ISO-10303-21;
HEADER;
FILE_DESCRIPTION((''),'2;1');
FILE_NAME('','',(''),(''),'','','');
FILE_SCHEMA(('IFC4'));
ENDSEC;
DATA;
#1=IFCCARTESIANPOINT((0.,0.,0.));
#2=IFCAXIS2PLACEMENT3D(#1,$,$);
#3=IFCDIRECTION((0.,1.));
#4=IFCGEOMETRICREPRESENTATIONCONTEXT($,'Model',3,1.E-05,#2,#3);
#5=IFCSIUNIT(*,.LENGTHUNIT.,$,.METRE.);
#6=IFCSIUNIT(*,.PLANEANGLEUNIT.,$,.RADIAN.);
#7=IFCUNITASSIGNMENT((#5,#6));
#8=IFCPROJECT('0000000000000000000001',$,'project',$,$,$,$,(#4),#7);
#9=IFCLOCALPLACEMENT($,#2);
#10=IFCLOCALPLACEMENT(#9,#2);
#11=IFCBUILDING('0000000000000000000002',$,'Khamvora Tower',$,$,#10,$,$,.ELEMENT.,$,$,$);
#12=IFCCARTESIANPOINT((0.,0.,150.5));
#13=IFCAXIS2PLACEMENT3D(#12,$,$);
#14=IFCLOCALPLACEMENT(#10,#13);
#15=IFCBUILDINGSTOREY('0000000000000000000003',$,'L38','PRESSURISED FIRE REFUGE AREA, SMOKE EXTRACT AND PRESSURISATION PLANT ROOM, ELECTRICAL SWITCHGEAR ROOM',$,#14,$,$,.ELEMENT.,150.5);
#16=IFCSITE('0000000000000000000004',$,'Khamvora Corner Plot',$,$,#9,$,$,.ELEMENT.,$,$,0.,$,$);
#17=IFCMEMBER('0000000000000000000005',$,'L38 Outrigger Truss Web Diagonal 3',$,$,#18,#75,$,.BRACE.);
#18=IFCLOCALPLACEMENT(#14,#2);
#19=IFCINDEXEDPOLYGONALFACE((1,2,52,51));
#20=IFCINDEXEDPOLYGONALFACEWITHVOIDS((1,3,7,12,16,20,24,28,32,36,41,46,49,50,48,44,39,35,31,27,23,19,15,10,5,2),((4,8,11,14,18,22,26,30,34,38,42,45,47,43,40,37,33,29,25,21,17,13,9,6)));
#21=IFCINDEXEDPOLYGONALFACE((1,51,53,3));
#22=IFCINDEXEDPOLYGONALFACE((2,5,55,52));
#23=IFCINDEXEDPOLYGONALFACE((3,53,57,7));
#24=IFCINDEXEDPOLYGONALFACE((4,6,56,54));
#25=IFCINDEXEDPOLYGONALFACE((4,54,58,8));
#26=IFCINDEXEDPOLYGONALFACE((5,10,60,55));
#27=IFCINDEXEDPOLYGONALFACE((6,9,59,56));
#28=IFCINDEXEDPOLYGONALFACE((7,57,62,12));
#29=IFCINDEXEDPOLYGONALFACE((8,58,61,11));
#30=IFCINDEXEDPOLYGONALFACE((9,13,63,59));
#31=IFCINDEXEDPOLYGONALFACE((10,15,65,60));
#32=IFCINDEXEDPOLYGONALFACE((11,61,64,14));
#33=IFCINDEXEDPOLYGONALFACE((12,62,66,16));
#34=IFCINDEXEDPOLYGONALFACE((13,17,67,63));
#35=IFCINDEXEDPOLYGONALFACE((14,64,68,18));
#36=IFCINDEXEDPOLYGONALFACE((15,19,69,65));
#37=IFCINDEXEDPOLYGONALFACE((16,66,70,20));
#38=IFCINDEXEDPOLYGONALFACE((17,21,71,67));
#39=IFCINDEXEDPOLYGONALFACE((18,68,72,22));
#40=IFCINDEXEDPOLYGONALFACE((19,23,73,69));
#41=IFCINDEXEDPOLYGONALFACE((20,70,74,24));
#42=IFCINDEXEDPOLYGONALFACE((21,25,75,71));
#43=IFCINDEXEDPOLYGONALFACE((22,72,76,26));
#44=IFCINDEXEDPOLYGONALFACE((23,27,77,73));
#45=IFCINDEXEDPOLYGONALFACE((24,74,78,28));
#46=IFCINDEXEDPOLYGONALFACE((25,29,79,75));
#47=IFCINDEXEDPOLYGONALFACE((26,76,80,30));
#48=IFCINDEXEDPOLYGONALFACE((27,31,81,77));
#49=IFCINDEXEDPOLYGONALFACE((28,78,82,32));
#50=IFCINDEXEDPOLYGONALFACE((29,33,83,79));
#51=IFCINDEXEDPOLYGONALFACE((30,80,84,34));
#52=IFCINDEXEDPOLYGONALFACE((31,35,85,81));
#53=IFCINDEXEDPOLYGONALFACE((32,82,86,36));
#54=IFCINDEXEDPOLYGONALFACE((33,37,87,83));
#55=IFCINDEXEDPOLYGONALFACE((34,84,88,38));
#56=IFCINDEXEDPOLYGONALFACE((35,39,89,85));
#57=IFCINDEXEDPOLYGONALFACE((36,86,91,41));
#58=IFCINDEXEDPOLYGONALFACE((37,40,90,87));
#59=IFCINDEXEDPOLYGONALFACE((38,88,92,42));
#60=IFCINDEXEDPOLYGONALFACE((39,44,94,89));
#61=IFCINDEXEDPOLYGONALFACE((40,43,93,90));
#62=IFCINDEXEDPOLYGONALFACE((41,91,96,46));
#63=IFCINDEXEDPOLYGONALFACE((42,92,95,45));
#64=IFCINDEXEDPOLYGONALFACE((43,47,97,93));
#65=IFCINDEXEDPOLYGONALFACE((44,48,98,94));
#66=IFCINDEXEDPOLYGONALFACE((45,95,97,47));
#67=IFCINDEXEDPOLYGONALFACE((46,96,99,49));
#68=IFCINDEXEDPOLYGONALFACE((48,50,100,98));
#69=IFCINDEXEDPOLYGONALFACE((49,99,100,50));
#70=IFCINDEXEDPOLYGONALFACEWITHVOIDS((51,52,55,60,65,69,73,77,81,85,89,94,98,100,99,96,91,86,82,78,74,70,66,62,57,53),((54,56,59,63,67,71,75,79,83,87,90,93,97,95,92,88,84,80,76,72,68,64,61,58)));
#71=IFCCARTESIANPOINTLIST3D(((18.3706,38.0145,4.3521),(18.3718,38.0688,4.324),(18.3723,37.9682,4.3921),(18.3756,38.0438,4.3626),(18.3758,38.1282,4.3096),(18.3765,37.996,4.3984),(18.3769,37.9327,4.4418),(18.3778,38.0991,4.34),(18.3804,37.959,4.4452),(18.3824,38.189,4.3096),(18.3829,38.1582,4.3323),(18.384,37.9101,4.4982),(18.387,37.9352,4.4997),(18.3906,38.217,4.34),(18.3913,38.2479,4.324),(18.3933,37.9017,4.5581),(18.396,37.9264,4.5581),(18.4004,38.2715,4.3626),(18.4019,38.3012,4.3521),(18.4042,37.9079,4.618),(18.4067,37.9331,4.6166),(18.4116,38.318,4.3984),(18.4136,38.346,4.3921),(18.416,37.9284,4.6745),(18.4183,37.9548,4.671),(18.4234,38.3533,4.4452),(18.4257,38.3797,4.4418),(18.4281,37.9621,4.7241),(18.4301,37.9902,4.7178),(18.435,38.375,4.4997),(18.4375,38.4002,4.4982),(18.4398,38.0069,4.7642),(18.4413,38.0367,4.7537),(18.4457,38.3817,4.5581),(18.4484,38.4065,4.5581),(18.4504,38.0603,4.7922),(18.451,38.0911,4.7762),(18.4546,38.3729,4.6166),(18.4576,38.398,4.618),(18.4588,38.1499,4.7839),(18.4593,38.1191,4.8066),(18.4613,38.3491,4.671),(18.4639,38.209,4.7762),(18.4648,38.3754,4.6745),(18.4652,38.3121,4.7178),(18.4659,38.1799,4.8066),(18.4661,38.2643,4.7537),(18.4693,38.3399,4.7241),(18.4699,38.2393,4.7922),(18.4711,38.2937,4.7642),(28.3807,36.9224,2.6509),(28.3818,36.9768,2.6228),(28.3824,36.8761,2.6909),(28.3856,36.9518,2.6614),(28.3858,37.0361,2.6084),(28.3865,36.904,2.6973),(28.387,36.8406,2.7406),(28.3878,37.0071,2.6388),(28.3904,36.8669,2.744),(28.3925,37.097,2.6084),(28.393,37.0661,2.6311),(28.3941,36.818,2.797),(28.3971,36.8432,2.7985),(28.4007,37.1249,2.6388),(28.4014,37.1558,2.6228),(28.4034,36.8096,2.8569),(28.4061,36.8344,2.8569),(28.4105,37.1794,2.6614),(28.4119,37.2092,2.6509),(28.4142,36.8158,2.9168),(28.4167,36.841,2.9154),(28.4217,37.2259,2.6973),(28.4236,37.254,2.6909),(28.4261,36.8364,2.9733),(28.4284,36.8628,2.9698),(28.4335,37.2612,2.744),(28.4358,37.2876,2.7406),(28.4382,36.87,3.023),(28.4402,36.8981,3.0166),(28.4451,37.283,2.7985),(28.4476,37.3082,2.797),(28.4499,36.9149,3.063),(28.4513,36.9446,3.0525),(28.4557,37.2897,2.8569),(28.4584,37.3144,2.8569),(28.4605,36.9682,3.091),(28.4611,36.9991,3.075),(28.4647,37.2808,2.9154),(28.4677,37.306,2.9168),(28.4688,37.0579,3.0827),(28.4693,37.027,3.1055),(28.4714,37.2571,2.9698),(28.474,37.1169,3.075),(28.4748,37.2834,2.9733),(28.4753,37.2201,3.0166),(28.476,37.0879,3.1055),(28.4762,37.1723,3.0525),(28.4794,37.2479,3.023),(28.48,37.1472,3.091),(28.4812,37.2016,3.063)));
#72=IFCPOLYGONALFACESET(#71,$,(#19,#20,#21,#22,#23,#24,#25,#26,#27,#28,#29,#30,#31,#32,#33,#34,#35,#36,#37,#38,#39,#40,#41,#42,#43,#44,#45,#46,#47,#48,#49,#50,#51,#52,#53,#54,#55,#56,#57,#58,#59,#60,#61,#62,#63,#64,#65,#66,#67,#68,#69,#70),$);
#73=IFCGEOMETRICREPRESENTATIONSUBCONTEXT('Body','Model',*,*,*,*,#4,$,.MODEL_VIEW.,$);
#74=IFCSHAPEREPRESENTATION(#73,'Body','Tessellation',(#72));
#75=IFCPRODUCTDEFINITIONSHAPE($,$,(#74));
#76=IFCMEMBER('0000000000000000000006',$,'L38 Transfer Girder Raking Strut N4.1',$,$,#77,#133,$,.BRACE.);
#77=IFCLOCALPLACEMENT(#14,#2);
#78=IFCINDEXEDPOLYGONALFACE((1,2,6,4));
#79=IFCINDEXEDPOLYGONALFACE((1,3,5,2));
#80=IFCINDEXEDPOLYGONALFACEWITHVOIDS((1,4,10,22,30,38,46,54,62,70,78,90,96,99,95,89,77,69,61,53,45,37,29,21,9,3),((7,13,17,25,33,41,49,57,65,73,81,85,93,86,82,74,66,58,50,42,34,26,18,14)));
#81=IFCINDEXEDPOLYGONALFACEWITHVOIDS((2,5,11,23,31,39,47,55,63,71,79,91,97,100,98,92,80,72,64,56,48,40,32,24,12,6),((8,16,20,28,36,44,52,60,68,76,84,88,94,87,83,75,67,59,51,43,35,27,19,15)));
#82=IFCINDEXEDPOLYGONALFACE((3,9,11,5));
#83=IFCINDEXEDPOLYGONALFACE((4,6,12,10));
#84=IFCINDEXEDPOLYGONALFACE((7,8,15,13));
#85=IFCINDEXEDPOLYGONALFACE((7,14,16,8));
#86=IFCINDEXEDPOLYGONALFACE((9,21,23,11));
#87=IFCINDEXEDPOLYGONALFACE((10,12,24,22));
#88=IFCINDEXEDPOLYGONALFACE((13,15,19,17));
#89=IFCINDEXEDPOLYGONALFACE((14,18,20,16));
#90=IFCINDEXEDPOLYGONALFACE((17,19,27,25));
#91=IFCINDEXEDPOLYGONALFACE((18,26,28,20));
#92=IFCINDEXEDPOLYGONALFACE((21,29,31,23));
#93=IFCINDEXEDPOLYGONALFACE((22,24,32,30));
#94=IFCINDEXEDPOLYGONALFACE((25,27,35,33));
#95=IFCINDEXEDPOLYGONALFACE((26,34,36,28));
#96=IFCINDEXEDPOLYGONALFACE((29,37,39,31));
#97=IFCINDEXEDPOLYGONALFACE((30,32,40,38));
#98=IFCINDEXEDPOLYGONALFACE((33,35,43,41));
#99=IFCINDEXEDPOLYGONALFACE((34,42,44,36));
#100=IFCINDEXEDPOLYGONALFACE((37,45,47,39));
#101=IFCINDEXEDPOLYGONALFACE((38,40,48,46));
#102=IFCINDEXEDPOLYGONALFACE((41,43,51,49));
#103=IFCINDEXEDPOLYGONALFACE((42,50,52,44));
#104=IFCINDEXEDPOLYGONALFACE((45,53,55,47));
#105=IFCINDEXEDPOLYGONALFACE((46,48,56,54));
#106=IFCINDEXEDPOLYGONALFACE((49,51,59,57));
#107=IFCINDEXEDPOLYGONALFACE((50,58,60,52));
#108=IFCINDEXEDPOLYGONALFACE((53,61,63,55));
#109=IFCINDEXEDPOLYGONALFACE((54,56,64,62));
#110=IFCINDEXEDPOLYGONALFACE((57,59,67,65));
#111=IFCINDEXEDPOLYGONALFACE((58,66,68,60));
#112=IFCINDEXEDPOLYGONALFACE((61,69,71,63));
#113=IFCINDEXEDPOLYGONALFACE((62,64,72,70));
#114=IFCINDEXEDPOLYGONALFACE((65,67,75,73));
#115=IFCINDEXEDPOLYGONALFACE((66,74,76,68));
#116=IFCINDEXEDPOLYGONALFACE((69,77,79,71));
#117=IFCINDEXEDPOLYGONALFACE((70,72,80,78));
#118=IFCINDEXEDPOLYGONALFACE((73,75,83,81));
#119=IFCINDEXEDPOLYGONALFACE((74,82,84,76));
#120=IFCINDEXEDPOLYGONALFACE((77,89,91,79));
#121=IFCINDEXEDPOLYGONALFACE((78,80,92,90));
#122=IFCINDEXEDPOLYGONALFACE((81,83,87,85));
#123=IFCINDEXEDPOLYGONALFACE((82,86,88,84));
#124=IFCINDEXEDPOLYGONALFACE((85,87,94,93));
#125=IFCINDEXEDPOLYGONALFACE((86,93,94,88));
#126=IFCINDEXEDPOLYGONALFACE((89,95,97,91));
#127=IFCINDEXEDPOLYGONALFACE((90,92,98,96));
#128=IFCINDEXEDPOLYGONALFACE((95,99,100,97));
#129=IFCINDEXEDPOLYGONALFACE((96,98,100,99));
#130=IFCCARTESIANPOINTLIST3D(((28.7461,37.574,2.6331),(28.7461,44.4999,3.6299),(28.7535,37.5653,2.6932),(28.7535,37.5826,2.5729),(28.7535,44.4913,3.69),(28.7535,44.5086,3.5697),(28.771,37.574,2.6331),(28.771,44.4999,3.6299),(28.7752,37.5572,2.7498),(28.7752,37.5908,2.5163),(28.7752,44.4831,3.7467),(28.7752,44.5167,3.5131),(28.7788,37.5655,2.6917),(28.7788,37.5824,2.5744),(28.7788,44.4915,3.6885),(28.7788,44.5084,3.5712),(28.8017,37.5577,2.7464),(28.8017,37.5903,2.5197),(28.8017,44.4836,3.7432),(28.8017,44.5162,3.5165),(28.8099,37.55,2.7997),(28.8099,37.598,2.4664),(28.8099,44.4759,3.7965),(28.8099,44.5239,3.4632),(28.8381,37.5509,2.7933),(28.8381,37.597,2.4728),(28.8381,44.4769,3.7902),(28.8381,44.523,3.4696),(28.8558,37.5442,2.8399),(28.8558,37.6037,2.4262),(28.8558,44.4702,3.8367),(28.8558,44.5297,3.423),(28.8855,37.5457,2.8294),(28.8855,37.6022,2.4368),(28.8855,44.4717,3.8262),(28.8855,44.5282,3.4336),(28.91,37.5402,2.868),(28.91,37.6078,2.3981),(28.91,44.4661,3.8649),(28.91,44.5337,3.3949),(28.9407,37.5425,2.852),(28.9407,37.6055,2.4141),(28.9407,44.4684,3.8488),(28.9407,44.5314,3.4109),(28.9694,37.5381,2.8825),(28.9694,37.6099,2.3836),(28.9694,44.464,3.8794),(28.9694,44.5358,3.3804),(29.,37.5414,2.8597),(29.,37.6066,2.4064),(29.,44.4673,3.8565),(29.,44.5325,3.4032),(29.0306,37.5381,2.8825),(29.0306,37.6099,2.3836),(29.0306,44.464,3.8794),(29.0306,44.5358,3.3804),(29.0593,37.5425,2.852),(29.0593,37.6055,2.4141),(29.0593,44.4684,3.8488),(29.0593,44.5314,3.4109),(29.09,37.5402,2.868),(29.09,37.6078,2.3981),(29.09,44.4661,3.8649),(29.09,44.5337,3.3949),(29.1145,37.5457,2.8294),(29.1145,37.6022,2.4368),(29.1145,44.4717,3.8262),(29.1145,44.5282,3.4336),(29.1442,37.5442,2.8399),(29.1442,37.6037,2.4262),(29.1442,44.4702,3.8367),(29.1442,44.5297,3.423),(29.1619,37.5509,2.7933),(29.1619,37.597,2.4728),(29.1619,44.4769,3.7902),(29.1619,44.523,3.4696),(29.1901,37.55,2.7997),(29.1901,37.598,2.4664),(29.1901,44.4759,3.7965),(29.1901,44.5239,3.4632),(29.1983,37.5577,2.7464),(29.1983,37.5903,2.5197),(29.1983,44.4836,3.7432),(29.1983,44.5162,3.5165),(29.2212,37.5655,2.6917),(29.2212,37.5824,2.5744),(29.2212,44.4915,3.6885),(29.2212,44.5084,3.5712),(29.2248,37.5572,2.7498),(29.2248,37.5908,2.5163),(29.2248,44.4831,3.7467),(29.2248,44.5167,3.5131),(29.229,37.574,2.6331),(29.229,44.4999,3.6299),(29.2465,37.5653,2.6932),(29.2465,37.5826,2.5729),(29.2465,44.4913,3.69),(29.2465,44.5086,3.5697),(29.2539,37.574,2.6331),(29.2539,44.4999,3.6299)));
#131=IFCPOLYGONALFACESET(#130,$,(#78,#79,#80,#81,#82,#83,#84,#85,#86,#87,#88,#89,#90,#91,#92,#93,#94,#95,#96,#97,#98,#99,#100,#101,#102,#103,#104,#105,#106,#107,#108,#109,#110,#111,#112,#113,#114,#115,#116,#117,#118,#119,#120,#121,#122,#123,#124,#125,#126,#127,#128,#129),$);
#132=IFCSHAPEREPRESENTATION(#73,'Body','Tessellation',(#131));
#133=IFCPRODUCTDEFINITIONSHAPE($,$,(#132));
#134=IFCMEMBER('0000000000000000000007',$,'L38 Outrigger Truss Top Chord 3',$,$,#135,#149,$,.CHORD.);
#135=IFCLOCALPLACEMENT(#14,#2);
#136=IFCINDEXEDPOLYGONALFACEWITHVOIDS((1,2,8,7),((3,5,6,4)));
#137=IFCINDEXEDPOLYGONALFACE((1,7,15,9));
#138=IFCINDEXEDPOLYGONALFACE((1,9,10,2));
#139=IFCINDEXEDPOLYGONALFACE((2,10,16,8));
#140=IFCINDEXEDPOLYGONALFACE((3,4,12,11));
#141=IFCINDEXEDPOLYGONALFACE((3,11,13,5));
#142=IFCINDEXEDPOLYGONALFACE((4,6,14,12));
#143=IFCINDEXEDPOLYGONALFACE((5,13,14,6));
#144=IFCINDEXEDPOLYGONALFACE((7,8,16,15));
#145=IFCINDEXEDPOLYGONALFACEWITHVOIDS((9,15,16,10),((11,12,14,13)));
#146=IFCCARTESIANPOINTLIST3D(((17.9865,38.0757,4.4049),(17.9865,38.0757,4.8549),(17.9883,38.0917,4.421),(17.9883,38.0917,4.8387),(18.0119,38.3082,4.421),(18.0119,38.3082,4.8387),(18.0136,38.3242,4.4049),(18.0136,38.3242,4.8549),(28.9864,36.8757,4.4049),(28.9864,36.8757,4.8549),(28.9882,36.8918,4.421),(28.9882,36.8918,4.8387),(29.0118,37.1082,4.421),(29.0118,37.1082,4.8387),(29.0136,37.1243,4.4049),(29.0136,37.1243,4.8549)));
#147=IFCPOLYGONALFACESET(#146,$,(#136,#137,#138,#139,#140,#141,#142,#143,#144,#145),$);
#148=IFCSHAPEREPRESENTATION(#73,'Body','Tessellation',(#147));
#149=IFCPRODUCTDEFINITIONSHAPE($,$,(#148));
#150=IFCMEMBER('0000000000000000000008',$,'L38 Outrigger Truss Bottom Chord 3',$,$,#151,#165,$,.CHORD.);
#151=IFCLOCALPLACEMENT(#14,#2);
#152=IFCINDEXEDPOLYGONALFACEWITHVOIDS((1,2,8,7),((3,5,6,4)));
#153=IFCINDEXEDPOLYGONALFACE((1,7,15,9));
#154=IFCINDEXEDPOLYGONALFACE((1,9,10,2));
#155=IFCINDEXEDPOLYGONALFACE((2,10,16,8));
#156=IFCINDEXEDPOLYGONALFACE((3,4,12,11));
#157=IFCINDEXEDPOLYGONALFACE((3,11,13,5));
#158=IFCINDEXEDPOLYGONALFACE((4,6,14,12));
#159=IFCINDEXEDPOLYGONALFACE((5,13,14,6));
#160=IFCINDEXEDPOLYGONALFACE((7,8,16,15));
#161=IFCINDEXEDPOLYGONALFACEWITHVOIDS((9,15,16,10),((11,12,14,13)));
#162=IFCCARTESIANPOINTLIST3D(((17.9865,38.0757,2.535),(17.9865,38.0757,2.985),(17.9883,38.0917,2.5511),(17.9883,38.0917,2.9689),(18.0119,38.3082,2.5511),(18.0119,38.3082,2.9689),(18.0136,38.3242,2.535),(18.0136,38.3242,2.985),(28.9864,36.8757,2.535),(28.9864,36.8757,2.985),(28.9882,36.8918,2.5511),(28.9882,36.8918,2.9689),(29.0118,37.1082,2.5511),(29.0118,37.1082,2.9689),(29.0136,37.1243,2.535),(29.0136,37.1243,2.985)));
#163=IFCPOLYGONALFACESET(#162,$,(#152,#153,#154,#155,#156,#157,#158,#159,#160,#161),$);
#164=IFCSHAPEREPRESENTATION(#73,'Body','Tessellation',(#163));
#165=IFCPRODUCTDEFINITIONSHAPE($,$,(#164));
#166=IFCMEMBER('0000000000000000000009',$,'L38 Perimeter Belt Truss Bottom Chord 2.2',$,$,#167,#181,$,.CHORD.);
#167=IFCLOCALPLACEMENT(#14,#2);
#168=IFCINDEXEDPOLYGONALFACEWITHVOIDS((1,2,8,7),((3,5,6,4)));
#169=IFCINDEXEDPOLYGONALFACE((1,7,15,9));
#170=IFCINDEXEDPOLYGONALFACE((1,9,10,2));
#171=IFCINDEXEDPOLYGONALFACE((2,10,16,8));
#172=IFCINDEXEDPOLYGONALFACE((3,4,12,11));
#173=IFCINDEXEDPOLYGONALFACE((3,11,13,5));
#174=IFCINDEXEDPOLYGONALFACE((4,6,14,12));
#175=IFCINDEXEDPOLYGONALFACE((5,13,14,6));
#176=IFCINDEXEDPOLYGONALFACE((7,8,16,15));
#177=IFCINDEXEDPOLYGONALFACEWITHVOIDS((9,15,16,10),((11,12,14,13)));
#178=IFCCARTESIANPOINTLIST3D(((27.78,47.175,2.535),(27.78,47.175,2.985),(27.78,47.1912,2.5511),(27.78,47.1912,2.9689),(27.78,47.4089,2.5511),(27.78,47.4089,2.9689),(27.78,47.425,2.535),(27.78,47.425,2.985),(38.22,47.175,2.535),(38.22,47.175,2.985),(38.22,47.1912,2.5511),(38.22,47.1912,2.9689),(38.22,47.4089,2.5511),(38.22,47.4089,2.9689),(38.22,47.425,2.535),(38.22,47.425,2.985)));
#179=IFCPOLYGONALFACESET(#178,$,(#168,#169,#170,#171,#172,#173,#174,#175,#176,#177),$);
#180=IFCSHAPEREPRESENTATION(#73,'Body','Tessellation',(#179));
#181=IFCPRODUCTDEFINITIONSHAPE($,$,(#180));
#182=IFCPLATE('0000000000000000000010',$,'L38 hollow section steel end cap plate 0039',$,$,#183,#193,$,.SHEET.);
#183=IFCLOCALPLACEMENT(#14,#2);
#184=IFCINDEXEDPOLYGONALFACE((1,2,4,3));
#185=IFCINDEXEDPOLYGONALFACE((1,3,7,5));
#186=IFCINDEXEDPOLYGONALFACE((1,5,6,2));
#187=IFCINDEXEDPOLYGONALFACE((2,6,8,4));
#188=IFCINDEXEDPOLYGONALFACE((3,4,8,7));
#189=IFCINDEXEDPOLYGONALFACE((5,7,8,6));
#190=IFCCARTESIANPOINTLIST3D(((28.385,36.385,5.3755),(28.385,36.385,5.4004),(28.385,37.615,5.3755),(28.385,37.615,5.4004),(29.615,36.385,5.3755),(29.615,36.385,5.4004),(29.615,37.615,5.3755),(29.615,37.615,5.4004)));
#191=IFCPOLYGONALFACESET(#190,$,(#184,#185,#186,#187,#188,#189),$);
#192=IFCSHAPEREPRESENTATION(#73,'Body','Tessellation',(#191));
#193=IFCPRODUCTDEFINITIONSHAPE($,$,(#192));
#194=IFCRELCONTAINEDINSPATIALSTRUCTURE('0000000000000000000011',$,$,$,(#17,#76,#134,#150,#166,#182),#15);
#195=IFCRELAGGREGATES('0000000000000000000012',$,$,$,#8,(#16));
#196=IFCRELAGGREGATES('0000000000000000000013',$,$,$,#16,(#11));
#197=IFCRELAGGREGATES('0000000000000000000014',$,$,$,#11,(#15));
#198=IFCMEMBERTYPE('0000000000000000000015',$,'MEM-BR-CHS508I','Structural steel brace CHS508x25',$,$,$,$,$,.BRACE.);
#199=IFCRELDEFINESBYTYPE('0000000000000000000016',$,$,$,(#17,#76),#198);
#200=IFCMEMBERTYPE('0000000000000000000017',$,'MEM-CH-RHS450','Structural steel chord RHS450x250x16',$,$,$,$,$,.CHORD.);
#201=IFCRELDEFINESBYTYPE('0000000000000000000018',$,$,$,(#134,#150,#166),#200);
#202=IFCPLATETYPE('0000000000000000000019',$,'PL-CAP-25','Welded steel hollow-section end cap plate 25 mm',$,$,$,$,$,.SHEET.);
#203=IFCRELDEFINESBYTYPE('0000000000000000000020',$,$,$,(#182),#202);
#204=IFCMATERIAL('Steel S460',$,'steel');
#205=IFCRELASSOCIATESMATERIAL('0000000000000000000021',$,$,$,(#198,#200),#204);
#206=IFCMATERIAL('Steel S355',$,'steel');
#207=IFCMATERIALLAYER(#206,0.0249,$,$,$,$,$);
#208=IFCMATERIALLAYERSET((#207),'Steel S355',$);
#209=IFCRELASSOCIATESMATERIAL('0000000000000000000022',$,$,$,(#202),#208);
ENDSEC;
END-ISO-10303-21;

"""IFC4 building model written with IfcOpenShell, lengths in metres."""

from ifc_helpers import new_model, si_unit, direction, frame, origin, origin_2d, place, context, subcontext, project, spatial, rectangle, hollow_rectangle, hollow_circle, extrude, material, layer, layer_set, material_profile, profile_set, type_object, element, save


model = new_model("IFC4")

# Units and contexts
model_context = context("Model", 3, precision=1e-05, world=origin(), true_north=direction((0.0, 1.0)))
body_context = subcontext(model_context, "Body", "Model", "MODEL_VIEW")
ifc_project = project(units=[si_unit("LENGTHUNIT", "METRE"), si_unit("PLANEANGLEUNIT", "RADIAN")], contexts=[model_context])

# Site, building, storey
site_placement = place(None, origin())
site = spatial("IfcSite", under=ifc_project, at=site_placement, Name="Khamvora Corner Plot", CompositionType="ELEMENT", RefElevation=0.0)
building_placement = place(site_placement, origin())
building = spatial("IfcBuilding", under=site, at=building_placement, Name="Khamvora Tower", CompositionType="ELEMENT")
storey_placement = place(building_placement, frame((0.0, 0.0, 150.5)))
storey = spatial("IfcBuildingStorey", under=building, at=storey_placement, Name="L38", Description="PRESSURISED FIRE REFUGE AREA, SMOKE EXTRACT AND PRESSURISATION PLANT ROOM, ELECTRICAL SWITCHGEAR ROOM", CompositionType="ELEMENT", Elevation=150.5)

# Shared definitions
ifc_material_1 = material(Name="Steel S460", Category="steel")

# Members
ifc_material_profile_1 = material_profile(ifc_material_1, hollow_circle(Radius=0.2539, WallThickness=0.0249, at=origin_2d()), Name="CHS508x25")
ifc_profile_set_1 = profile_set([ifc_material_profile_1], Name="Steel S460")
member_type_1 = type_object("IfcMemberType", Name="MEM-BR-CHS508I", Description="Structural steel brace CHS508x25", PredefinedType="BRACE", material=ifc_profile_set_1)
member_1_placement = place(storey_placement, frame((28.4309, 37.062, 2.8569), z_axis=(-0.980211, 0.106936, 0.166584), x_axis=(-0.108451, -0.994102, 0.0)))
element("IfcMember", 1, at=member_1_placement, inside=storey, type_object=member_type_1, Name="L38 Outrigger Truss Web Diagonal 3", PredefinedType="BRACE", context=body_context, shape_type="SweptSolid", body=[
    extrude(hollow_circle(Radius=0.2539, WallThickness=0.0249, at=origin_2d()), origin(), (0.0, 0.0, 1.0), 10.2122),
])
member_2_placement = place(storey_placement, frame((29.0, 37.574, 2.6331), z_axis=(0.0, 0.989801, 0.142457), x_axis=(-1.0, 0.0, 0.0)))
element("IfcMember", 2, at=member_2_placement, inside=storey, type_object=member_type_1, Name="L38 Transfer Girder Raking Strut N4.1", PredefinedType="BRACE", context=body_context, shape_type="SweptSolid", body=[
    extrude(hollow_circle(Radius=0.2539, WallThickness=0.0249, at=origin_2d()), origin(), (0.0, 0.0, 1.0), 6.9973),
])
ifc_material_profile_2 = material_profile(ifc_material_1, hollow_rectangle(XDim=0.25, YDim=0.45, WallThickness=0.0161, at=origin_2d()), Name="RHS450x250x16")
ifc_profile_set_2 = profile_set([ifc_material_profile_2], Name="Steel S460")
member_type_2 = type_object("IfcMemberType", Name="MEM-CH-RHS450", Description="Structural steel chord RHS450x250x16", PredefinedType="CHORD", material=ifc_profile_set_2)
for number, where, z_axis, x_axis, name in (
    (3, (29.0, 37.0, 4.6299), (-0.994103, 0.108443, 0.0), (-0.108443, -0.994103, 0.0), "L38 Outrigger Truss Top Chord 3"),
    (4, (29.0, 37.0, 2.76), (-0.994103, 0.108443, 0.0), (-0.108443, -0.994103, 0.0), "L38 Outrigger Truss Bottom Chord 3"),
):
    element("IfcMember", number, at=place(storey_placement, frame(where, z_axis=z_axis, x_axis=x_axis)), inside=storey, type_object=member_type_2, Name=name, PredefinedType="CHORD", context=body_context, shape_type="SweptSolid", body=[
        extrude(hollow_rectangle(XDim=0.25, YDim=0.45, WallThickness=0.0161, at=origin_2d()), origin(), (0.0, 0.0, 1.0), 11.0652),
    ])
member_3_placement = place(storey_placement, frame((27.78, 47.3, 2.76), z_axis=(1.0, 0.0, 0.0), x_axis=(0.0, 1.0, 0.0)))
element("IfcMember", 5, at=member_3_placement, inside=storey, type_object=member_type_2, Name="L38 Perimeter Belt Truss Bottom Chord 2.2", PredefinedType="CHORD", context=body_context, shape_type="SweptSolid", body=[
    extrude(hollow_rectangle(XDim=0.25, YDim=0.45, WallThickness=0.0161, at=origin_2d()), origin(), (0.0, 0.0, 1.0), 10.4399),
])

# Plate
ifc_material_2 = material(Name="Steel S355", Category="steel")
ifc_layer_1 = layer(ifc_material_2, 0.0249)
ifc_layer_set_1 = layer_set([ifc_layer_1], Name="Steel S355")
plate_type_1 = type_object("IfcPlateType", Name="PL-CAP-25", Description="Welded steel hollow-section end cap plate 25 mm", PredefinedType="SHEET", material=ifc_layer_set_1)
plate_1_placement = place(storey_placement, frame((29.0, 37.0, 5.3755), z_axis=(0.0, 0.0, 1.0), x_axis=(1.0, 0.0, 0.0)))
element("IfcPlate", 6, at=plate_1_placement, inside=storey, type_object=plate_type_1, Name="L38 hollow section steel end cap plate 0039", PredefinedType="SHEET", context=body_context, shape_type="SweptSolid", body=[
    extrude(rectangle(XDim=1.23, YDim=1.23, at=origin_2d()), origin(), (0.0, 0.0, 1.0), 0.0249),
])

save(model, "model.ifc")
